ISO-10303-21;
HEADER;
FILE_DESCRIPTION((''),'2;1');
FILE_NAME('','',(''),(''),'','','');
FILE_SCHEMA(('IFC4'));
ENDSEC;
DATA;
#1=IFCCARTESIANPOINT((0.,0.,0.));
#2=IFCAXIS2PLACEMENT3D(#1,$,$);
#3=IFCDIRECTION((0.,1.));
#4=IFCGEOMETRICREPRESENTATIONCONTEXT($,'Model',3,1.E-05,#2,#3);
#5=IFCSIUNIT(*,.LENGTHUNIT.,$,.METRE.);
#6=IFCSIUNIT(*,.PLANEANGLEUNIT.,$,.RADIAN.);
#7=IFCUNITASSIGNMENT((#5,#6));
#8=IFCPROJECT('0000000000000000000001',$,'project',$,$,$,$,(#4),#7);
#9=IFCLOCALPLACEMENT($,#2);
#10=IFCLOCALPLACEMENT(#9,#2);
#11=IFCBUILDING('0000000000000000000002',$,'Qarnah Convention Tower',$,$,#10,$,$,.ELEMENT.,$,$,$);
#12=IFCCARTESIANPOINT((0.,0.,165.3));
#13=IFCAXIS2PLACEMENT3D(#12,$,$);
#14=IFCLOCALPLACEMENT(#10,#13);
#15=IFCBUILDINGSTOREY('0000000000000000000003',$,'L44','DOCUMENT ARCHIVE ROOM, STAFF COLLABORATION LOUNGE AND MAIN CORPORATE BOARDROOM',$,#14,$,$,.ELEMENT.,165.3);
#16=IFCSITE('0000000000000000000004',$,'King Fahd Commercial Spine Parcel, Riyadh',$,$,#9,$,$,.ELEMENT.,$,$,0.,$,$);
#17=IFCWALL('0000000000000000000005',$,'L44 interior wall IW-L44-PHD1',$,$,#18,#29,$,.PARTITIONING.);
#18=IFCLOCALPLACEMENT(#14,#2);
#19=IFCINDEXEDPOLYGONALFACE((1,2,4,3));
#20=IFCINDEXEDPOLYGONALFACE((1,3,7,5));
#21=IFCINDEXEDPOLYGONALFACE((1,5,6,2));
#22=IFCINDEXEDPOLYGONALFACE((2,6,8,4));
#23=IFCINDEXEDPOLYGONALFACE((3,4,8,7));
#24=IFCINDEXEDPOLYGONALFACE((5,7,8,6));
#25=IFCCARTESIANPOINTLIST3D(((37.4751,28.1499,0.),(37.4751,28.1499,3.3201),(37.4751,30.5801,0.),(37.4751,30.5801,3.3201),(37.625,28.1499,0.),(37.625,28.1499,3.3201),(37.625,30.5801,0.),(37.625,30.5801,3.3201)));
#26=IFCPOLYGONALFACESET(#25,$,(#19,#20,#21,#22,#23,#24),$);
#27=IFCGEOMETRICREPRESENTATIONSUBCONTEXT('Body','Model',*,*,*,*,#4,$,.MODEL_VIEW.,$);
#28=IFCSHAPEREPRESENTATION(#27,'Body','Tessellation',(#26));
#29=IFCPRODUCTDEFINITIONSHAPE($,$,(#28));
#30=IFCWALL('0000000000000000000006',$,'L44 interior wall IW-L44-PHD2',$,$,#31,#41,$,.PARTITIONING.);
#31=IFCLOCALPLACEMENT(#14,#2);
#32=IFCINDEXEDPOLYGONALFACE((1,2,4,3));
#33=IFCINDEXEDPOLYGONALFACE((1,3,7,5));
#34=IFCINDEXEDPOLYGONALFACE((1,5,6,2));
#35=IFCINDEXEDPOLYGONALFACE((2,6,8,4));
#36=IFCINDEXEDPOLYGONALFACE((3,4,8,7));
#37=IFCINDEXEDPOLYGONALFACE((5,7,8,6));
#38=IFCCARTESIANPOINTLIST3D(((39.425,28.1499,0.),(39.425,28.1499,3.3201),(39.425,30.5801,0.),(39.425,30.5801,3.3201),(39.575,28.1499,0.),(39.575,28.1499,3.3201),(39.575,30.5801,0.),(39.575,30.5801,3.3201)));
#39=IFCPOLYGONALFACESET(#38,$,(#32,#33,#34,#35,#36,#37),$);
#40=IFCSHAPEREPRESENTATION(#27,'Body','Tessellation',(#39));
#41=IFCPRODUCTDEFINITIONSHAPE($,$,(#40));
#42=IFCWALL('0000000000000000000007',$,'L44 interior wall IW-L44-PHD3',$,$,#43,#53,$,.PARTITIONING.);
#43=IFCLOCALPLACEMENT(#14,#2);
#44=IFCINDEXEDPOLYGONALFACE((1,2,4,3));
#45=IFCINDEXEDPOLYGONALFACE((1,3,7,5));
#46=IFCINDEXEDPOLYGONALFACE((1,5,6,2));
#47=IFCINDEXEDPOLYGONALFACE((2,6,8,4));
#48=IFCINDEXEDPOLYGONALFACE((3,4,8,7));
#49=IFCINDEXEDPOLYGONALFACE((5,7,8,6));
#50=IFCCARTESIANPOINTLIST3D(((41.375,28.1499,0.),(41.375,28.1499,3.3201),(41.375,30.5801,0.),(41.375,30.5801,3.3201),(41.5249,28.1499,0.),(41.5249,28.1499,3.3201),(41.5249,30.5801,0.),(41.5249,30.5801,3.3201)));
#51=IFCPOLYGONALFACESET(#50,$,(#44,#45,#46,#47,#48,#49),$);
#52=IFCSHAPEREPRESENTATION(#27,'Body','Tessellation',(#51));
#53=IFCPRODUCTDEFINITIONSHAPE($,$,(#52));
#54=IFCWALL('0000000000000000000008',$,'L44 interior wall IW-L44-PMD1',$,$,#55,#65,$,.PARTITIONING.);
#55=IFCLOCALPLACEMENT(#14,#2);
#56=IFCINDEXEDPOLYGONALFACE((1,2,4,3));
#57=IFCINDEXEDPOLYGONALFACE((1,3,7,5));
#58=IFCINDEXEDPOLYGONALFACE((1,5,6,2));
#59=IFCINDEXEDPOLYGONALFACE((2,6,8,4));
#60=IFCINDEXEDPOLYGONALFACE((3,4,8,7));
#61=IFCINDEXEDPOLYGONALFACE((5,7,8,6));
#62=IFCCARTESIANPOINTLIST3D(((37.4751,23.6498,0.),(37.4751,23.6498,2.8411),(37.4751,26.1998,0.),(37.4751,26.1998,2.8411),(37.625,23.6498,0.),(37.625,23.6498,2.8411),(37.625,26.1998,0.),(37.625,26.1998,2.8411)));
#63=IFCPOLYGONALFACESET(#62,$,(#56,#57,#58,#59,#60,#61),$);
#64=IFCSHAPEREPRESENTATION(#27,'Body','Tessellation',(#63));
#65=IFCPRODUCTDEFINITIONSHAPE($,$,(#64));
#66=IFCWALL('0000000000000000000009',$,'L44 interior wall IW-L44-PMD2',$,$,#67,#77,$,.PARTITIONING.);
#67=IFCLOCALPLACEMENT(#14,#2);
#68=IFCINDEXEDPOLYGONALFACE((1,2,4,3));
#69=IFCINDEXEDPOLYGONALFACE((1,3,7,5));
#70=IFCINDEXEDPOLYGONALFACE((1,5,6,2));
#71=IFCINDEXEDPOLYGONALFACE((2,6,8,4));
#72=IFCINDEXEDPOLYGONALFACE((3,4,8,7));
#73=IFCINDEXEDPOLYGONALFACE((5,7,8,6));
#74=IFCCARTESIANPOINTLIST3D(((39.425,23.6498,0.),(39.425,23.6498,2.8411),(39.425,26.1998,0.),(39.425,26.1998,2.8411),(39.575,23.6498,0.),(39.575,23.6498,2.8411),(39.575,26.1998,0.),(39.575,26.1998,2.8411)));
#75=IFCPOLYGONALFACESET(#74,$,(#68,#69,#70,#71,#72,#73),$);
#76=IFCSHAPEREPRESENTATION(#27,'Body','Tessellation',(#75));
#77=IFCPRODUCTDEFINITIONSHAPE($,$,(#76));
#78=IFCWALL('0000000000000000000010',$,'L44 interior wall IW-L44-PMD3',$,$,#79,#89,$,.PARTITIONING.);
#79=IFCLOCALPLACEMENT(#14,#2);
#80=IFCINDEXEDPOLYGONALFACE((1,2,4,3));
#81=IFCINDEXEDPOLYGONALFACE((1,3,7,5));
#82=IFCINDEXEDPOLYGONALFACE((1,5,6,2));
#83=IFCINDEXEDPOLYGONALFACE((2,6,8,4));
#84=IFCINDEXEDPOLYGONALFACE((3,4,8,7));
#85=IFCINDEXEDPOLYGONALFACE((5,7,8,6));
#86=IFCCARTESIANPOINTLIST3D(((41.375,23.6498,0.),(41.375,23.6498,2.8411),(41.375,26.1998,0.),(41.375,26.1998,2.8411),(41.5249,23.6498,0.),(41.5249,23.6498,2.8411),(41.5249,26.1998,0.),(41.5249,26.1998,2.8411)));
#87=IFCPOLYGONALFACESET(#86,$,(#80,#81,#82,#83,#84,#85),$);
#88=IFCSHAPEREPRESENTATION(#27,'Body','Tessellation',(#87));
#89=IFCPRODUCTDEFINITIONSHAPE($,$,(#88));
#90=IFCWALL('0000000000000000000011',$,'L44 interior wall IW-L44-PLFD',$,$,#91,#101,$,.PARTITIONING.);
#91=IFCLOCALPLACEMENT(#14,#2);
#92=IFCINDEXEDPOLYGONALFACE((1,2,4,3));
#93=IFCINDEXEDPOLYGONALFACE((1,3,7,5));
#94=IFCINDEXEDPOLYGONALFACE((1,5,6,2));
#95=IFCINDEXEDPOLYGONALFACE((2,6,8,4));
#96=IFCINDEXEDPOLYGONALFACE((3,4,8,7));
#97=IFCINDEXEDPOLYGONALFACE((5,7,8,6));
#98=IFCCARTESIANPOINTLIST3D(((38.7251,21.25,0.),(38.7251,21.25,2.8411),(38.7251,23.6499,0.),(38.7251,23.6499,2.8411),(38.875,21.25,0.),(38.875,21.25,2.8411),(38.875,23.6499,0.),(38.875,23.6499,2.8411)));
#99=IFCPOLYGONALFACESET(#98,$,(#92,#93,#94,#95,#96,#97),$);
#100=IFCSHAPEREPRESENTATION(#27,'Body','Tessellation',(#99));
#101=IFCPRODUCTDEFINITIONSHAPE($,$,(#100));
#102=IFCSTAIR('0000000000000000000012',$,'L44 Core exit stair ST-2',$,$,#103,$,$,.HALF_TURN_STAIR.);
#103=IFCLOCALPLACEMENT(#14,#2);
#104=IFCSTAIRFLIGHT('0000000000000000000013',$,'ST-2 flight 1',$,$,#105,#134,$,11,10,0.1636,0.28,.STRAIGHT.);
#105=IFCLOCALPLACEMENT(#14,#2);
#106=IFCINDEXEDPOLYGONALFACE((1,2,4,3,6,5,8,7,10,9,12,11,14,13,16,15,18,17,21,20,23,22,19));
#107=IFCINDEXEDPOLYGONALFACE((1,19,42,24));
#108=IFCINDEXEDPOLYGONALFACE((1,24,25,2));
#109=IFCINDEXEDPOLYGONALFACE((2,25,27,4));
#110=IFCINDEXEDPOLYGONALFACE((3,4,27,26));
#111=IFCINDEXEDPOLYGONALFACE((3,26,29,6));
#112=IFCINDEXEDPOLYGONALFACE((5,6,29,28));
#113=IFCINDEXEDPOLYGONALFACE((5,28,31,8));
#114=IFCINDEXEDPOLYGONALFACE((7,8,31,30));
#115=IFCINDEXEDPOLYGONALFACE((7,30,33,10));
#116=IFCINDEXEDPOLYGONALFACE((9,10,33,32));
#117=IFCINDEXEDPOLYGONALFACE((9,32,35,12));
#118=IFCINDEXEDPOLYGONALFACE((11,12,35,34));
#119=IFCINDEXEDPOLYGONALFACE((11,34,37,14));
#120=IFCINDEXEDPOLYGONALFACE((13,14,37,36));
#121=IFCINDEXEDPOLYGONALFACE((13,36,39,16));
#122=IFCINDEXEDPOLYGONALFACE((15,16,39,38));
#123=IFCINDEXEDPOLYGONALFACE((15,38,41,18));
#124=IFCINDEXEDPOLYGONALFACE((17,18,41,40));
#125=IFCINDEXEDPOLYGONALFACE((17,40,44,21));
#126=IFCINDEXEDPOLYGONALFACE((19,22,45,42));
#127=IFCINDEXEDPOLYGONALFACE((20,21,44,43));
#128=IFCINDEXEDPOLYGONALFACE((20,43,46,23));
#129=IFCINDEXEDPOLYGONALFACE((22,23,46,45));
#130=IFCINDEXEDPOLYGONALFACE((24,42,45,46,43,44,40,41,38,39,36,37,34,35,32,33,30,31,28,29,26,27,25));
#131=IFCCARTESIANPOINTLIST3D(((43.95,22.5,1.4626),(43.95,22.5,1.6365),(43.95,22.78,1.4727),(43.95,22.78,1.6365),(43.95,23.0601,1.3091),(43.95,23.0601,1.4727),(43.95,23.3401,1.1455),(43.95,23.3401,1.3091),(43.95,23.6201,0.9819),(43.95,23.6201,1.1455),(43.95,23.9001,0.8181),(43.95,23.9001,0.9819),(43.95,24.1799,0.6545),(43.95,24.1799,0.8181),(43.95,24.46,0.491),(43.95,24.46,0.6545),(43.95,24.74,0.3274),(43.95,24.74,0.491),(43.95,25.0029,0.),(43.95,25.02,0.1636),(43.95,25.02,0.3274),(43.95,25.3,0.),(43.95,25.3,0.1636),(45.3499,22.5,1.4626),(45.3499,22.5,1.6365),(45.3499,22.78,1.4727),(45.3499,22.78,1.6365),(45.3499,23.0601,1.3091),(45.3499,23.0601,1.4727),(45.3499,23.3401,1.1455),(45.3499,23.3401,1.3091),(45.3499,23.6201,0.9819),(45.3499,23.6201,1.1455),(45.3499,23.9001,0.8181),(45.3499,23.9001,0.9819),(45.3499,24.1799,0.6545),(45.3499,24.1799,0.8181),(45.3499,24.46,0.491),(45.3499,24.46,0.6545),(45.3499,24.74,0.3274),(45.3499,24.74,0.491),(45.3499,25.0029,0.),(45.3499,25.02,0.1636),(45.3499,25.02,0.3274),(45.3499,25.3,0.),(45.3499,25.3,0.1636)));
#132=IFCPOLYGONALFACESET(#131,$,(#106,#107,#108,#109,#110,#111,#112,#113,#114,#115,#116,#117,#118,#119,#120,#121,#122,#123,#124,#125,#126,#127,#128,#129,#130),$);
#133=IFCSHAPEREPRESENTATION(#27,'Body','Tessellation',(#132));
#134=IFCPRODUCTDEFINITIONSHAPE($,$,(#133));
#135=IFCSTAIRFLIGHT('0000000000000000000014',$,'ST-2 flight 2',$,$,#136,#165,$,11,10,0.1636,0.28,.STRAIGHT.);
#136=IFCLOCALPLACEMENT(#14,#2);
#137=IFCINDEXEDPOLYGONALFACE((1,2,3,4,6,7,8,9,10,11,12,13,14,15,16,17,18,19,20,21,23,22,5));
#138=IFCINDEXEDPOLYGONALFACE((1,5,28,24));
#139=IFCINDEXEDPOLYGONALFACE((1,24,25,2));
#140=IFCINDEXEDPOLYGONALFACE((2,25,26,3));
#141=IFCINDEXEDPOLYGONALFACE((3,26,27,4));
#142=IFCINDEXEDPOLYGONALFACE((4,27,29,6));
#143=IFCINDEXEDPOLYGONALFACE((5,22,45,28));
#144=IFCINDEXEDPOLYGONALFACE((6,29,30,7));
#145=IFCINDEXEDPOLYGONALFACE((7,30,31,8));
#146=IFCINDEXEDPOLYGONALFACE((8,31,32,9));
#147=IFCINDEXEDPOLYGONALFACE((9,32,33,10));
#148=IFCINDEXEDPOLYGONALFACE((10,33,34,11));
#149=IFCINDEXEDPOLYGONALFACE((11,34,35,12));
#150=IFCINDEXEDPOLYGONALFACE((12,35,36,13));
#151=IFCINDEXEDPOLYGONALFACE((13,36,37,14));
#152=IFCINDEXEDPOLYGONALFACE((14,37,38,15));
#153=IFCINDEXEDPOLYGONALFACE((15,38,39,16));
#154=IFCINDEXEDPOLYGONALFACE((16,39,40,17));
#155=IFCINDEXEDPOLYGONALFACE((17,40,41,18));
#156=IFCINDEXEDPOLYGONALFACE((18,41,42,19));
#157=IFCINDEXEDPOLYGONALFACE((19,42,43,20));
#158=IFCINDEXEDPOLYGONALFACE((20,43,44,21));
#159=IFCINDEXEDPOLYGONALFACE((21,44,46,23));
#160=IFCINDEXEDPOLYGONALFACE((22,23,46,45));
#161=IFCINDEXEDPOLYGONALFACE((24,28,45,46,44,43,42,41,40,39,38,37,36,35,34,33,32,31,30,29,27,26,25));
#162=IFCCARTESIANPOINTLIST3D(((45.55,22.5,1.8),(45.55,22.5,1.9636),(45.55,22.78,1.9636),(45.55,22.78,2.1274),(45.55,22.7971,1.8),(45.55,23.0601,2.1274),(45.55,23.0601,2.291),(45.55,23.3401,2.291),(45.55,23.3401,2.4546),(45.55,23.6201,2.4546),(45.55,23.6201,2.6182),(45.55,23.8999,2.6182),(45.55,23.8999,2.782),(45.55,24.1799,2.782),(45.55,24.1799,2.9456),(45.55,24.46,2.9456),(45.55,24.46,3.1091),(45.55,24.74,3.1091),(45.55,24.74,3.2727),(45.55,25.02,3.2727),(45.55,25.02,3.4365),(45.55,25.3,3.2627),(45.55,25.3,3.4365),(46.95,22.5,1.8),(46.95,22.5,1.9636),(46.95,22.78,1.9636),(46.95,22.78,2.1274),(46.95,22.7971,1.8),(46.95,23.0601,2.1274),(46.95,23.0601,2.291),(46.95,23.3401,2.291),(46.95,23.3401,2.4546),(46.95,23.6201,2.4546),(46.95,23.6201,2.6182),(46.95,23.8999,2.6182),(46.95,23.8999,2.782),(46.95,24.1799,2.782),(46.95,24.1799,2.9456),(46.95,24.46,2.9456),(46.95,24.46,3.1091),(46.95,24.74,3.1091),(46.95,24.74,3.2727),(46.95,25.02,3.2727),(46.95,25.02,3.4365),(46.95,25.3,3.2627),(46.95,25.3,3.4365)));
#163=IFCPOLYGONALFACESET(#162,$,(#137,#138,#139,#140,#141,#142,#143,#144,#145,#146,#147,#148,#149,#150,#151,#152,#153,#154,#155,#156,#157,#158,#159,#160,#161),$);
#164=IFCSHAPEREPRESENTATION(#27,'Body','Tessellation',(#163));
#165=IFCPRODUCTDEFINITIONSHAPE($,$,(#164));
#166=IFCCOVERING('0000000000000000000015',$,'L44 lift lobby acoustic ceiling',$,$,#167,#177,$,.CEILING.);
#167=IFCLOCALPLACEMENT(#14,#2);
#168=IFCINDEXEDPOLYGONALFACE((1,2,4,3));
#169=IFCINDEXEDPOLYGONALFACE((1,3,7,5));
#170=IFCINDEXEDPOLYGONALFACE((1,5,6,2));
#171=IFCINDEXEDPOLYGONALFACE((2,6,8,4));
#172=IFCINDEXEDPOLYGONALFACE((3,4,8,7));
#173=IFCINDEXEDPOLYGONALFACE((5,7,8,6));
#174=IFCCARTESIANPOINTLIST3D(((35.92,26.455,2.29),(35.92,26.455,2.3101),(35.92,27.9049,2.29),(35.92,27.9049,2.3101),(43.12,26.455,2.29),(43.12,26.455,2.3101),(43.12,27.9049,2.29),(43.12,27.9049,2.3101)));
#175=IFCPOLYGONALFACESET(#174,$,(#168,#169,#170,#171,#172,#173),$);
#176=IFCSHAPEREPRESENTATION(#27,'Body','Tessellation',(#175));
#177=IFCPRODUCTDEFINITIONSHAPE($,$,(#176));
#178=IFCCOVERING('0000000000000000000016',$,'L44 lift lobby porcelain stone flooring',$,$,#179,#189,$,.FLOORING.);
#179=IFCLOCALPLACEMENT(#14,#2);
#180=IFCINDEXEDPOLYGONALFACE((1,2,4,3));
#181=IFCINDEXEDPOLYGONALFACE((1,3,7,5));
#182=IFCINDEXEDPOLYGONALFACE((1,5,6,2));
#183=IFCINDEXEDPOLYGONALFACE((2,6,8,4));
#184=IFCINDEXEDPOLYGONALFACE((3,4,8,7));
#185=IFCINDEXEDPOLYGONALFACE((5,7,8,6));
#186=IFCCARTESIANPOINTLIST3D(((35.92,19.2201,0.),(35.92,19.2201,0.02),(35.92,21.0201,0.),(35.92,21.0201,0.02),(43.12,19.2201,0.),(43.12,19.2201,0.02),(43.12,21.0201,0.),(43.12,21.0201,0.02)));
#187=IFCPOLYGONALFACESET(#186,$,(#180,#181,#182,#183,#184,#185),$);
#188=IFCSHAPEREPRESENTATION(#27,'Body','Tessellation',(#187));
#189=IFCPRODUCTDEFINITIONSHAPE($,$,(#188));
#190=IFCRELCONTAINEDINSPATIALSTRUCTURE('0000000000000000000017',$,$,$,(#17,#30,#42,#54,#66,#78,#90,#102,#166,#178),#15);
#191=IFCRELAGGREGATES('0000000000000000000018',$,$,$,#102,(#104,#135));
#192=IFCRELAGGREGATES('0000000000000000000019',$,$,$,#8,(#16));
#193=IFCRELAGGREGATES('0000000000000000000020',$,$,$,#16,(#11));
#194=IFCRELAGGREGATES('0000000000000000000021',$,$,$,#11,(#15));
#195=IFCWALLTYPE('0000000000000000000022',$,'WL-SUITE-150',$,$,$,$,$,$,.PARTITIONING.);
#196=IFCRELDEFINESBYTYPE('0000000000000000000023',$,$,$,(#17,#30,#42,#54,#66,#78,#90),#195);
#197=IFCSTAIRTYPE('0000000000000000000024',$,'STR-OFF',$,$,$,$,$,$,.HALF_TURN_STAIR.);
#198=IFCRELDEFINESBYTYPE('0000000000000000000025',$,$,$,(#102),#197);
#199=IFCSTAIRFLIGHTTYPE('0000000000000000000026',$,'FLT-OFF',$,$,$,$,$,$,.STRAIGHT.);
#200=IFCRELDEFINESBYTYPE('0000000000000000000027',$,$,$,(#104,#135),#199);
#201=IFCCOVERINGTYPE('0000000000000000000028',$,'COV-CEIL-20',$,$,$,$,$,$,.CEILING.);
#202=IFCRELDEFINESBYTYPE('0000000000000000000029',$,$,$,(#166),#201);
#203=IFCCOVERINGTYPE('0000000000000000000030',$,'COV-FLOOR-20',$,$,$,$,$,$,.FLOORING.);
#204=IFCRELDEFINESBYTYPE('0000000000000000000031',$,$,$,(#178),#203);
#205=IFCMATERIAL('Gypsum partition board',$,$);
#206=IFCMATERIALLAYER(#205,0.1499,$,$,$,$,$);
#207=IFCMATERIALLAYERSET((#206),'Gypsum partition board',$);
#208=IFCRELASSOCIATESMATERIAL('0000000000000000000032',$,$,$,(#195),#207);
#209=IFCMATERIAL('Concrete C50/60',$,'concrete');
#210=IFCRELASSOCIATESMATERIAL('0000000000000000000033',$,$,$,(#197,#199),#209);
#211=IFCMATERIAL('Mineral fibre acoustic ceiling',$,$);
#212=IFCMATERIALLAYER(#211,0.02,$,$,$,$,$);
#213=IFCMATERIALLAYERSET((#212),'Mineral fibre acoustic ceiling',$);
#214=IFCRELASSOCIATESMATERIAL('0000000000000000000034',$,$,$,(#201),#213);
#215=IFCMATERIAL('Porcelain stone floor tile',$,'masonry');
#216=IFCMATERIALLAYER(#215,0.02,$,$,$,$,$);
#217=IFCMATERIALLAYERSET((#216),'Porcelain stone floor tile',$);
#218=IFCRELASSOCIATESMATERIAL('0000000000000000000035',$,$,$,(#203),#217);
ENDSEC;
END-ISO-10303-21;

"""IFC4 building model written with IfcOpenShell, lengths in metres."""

from ifc_helpers import new_model, si_unit, direction, frame, frame_2d, origin, origin_2d, place, context, subcontext, project, spatial, polyline, rectangle, outline, extrude, material, layer, layer_set, type_object, element, aggregate, save


model = new_model("IFC4")

# Units and contexts
model_context = context("Model", 3, precision=1e-05, world=origin(), true_north=direction((0.0, 1.0)))
body_context = subcontext(model_context, "Body", "Model", "MODEL_VIEW")
ifc_project = project(units=[si_unit("LENGTHUNIT", "METRE"), si_unit("PLANEANGLEUNIT", "RADIAN")], contexts=[model_context])

# Site, building, storey
site_placement = place(None, origin())
site = spatial("IfcSite", under=ifc_project, at=site_placement, Name="King Fahd Commercial Spine Parcel, Riyadh", CompositionType="ELEMENT", RefElevation=0.0)
building_placement = place(site_placement, origin())
building = spatial("IfcBuilding", under=site, at=building_placement, Name="Qarnah Convention Tower", CompositionType="ELEMENT")
storey_placement = place(building_placement, frame((0.0, 0.0, 165.3)))
storey = spatial("IfcBuildingStorey", under=building, at=storey_placement, Name="L44", Description="DOCUMENT ARCHIVE ROOM, STAFF COLLABORATION LOUNGE AND MAIN CORPORATE BOARDROOM", CompositionType="ELEMENT", Elevation=165.3)

# Walls
ifc_material_1 = material(Name="Gypsum partition board")
ifc_layer_1 = layer(ifc_material_1, 0.1499)
ifc_layer_set_1 = layer_set([ifc_layer_1], Name="Gypsum partition board")
wall_type_1 = type_object("IfcWallType", Name="WL-SUITE-150", PredefinedType="PARTITIONING", material=ifc_layer_set_1)
for number, where, z_axis, x_axis, name in (
    (1, (37.55, 28.1499, 0.0), (0.0, 0.0, 1.0), (0.0, 1.0, 0.0), "L44 interior wall IW-L44-PHD1"),
    (2, (39.5, 28.1499, 0.0), (0.0, 0.0, 1.0), (0.0, 1.0, 0.0), "L44 interior wall IW-L44-PHD2"),
    (3, (41.45, 28.1499, 0.0), (0.0, 0.0, 1.0), (0.0, 1.0, 0.0), "L44 interior wall IW-L44-PHD3"),
):
    element("IfcWall", number, at=place(storey_placement, frame(where, z_axis=z_axis, x_axis=x_axis)), inside=storey, type_object=wall_type_1, Name=name, PredefinedType="PARTITIONING", context=body_context, shape_type="SweptSolid", body=[
        extrude(rectangle(XDim=2.4302, YDim=0.1499, at=frame_2d((1.2151, 0.0))), origin(), (0.0, 0.0, 1.0), 3.3201),
    ])
for number, where, z_axis, x_axis, name in (
    (4, (37.55, 23.6499, 0.0), (0.0, 0.0, 1.0), (0.0, 1.0, 0.0), "L44 interior wall IW-L44-PMD1"),
    (5, (39.5, 23.6499, 0.0), (0.0, 0.0, 1.0), (0.0, 1.0, 0.0), "L44 interior wall IW-L44-PMD2"),
    (6, (41.45, 23.6499, 0.0), (0.0, 0.0, 1.0), (0.0, 1.0, 0.0), "L44 interior wall IW-L44-PMD3"),
):
    element("IfcWall", number, at=place(storey_placement, frame(where, z_axis=z_axis, x_axis=x_axis)), inside=storey, type_object=wall_type_1, Name=name, PredefinedType="PARTITIONING", context=body_context, shape_type="SweptSolid", body=[
        extrude(rectangle(XDim=2.55, YDim=0.1499, at=frame_2d((1.2749, 0.0))), origin(), (0.0, 0.0, 1.0), 2.8411),
    ])
wall_1_placement = place(storey_placement, frame((38.8, 21.25, 0.0), z_axis=(0.0, 0.0, 1.0), x_axis=(0.0, 1.0, 0.0)))
element("IfcWall", 7, at=wall_1_placement, inside=storey, type_object=wall_type_1, Name="L44 interior wall IW-L44-PLFD", PredefinedType="PARTITIONING", context=body_context, shape_type="SweptSolid", body=[
    extrude(rectangle(XDim=2.3999, YDim=0.1499, at=frame_2d((1.2, 0.0))), origin(), (0.0, 0.0, 1.0), 2.8411),
])

# Stair, stair flights
ifc_material_2 = material(Name="Concrete C50/60", Category="concrete")
stair_type = type_object("IfcStairType", Name="STR-OFF", PredefinedType="HALF_TURN_STAIR", material=ifc_material_2)
stair_placement = place(storey_placement, origin())
stair = element("IfcStair", 8, at=stair_placement, inside=storey, type_object=stair_type, Name="L44 Core exit stair ST-2", PredefinedType="HALF_TURN_STAIR")
stair_flight_type = type_object("IfcStairFlightType", Name="FLT-OFF", PredefinedType="STRAIGHT", material=ifc_material_2)
stair_flight_1_placement = place(storey_placement, frame((44.6499, 25.3, 0.0), z_axis=(0.0, 0.0, 1.0), x_axis=(0.0, -1.0, 0.0)))
stair_flight_1 = element("IfcStairFlight", 9, at=stair_flight_1_placement, type_object=stair_flight_type, Name="ST-2 flight 1", NumberOfRisers=11, NumberOfTreads=10, PredefinedType="STRAIGHT", RiserHeight=0.1636, TreadLength=0.28, context=body_context, shape_type="SweptSolid", body=[
    extrude(outline(polyline([(0.0, 0.0), (0.0, 0.1636), (0.28, 0.1636), (0.28, 0.3274), (0.5601, 0.3274), (0.5601, 0.491), (0.8401, 0.491), (0.8401, 0.6545), (1.1201, 0.6545), (1.1201, 0.8181), (1.3999, 0.8181), (1.3999, 0.9819), (1.6799, 0.9819), (1.6799, 1.1455), (1.96, 1.1455), (1.96, 1.3091), (2.24, 1.3091), (2.24, 1.4727), (2.52, 1.4727), (2.52, 1.6365), (2.8, 1.6365), (2.8, 1.8), (2.8, 1.4626), (0.2971, 0.0), (0.0, 0.0)])), frame((0.0, 0.7, 0.0), z_axis=(0.0, -1.0, 0.0), x_axis=(1.0, 0.0, 0.0)), (0.0, 0.0, 1.0), 1.3999),
])
stair_flight_2_placement = place(storey_placement, frame((46.25, 22.5, 1.8), z_axis=(0.0, 0.0, 1.0), x_axis=(0.0, 1.0, 0.0)))
stair_flight_2 = element("IfcStairFlight", 10, at=stair_flight_2_placement, type_object=stair_flight_type, Name="ST-2 flight 2", NumberOfRisers=11, NumberOfTreads=10, PredefinedType="STRAIGHT", RiserHeight=0.1636, TreadLength=0.28, context=body_context, shape_type="SweptSolid", body=[
    extrude(outline(polyline([(0.0, 0.0), (0.0, 0.1636), (0.28, 0.1636), (0.28, 0.3274), (0.5601, 0.3274), (0.5601, 0.491), (0.8401, 0.491), (0.8401, 0.6545), (1.1201, 0.6545), (1.1201, 0.8181), (1.3999, 0.8181), (1.3999, 0.9819), (1.6799, 0.9819), (1.6799, 1.1455), (1.96, 1.1455), (1.96, 1.3091), (2.24, 1.3091), (2.24, 1.4727), (2.52, 1.4727), (2.52, 1.6365), (2.8, 1.6365), (2.8, 1.8), (2.8, 1.4626), (0.2971, 0.0), (0.0, 0.0)])), frame((0.0, 0.7, 0.0), z_axis=(0.0, -1.0, 0.0), x_axis=(1.0, 0.0, 0.0)), (0.0, 0.0, 1.0), 1.3999),
])
aggregate(stair, [stair_flight_1, stair_flight_2])

# Coverings
ifc_material_3 = material(Name="Mineral fibre acoustic ceiling")
ifc_layer_2 = layer(ifc_material_3, 0.02)
ifc_layer_set_2 = layer_set([ifc_layer_2], Name="Mineral fibre acoustic ceiling")
covering_type_1 = type_object("IfcCoveringType", Name="COV-CEIL-20", PredefinedType="CEILING", material=ifc_layer_set_2)
covering_1_placement = place(storey_placement, frame((39.52, 27.1799, 2.29), z_axis=(0.0, 0.0, 1.0), x_axis=(1.0, 0.0, 0.0)))
element("IfcCovering", 11, at=covering_1_placement, inside=storey, type_object=covering_type_1, Name="L44 lift lobby acoustic ceiling", PredefinedType="CEILING", context=body_context, shape_type="SweptSolid", body=[
    extrude(rectangle(XDim=7.2, YDim=1.45, at=origin_2d()), origin(), (0.0, 0.0, 1.0), 0.02),
])
ifc_material_4 = material(Name="Porcelain stone floor tile", Category="masonry")
ifc_layer_3 = layer(ifc_material_4, 0.02)
ifc_layer_set_3 = layer_set([ifc_layer_3], Name="Porcelain stone floor tile")
covering_type_2 = type_object("IfcCoveringType", Name="COV-FLOOR-20", PredefinedType="FLOORING", material=ifc_layer_set_3)
covering_2_placement = place(storey_placement, frame((39.52, 20.1201, 0.0), z_axis=(0.0, 0.0, 1.0), x_axis=(1.0, 0.0, 0.0)))
element("IfcCovering", 12, at=covering_2_placement, inside=storey, type_object=covering_type_2, Name="L44 lift lobby porcelain stone flooring", PredefinedType="FLOORING", context=body_context, shape_type="SweptSolid", body=[
    extrude(rectangle(XDim=7.2, YDim=1.8, at=origin_2d()), origin(), (0.0, 0.0, 1.0), 0.02),
])

save(model, "model.ifc")
